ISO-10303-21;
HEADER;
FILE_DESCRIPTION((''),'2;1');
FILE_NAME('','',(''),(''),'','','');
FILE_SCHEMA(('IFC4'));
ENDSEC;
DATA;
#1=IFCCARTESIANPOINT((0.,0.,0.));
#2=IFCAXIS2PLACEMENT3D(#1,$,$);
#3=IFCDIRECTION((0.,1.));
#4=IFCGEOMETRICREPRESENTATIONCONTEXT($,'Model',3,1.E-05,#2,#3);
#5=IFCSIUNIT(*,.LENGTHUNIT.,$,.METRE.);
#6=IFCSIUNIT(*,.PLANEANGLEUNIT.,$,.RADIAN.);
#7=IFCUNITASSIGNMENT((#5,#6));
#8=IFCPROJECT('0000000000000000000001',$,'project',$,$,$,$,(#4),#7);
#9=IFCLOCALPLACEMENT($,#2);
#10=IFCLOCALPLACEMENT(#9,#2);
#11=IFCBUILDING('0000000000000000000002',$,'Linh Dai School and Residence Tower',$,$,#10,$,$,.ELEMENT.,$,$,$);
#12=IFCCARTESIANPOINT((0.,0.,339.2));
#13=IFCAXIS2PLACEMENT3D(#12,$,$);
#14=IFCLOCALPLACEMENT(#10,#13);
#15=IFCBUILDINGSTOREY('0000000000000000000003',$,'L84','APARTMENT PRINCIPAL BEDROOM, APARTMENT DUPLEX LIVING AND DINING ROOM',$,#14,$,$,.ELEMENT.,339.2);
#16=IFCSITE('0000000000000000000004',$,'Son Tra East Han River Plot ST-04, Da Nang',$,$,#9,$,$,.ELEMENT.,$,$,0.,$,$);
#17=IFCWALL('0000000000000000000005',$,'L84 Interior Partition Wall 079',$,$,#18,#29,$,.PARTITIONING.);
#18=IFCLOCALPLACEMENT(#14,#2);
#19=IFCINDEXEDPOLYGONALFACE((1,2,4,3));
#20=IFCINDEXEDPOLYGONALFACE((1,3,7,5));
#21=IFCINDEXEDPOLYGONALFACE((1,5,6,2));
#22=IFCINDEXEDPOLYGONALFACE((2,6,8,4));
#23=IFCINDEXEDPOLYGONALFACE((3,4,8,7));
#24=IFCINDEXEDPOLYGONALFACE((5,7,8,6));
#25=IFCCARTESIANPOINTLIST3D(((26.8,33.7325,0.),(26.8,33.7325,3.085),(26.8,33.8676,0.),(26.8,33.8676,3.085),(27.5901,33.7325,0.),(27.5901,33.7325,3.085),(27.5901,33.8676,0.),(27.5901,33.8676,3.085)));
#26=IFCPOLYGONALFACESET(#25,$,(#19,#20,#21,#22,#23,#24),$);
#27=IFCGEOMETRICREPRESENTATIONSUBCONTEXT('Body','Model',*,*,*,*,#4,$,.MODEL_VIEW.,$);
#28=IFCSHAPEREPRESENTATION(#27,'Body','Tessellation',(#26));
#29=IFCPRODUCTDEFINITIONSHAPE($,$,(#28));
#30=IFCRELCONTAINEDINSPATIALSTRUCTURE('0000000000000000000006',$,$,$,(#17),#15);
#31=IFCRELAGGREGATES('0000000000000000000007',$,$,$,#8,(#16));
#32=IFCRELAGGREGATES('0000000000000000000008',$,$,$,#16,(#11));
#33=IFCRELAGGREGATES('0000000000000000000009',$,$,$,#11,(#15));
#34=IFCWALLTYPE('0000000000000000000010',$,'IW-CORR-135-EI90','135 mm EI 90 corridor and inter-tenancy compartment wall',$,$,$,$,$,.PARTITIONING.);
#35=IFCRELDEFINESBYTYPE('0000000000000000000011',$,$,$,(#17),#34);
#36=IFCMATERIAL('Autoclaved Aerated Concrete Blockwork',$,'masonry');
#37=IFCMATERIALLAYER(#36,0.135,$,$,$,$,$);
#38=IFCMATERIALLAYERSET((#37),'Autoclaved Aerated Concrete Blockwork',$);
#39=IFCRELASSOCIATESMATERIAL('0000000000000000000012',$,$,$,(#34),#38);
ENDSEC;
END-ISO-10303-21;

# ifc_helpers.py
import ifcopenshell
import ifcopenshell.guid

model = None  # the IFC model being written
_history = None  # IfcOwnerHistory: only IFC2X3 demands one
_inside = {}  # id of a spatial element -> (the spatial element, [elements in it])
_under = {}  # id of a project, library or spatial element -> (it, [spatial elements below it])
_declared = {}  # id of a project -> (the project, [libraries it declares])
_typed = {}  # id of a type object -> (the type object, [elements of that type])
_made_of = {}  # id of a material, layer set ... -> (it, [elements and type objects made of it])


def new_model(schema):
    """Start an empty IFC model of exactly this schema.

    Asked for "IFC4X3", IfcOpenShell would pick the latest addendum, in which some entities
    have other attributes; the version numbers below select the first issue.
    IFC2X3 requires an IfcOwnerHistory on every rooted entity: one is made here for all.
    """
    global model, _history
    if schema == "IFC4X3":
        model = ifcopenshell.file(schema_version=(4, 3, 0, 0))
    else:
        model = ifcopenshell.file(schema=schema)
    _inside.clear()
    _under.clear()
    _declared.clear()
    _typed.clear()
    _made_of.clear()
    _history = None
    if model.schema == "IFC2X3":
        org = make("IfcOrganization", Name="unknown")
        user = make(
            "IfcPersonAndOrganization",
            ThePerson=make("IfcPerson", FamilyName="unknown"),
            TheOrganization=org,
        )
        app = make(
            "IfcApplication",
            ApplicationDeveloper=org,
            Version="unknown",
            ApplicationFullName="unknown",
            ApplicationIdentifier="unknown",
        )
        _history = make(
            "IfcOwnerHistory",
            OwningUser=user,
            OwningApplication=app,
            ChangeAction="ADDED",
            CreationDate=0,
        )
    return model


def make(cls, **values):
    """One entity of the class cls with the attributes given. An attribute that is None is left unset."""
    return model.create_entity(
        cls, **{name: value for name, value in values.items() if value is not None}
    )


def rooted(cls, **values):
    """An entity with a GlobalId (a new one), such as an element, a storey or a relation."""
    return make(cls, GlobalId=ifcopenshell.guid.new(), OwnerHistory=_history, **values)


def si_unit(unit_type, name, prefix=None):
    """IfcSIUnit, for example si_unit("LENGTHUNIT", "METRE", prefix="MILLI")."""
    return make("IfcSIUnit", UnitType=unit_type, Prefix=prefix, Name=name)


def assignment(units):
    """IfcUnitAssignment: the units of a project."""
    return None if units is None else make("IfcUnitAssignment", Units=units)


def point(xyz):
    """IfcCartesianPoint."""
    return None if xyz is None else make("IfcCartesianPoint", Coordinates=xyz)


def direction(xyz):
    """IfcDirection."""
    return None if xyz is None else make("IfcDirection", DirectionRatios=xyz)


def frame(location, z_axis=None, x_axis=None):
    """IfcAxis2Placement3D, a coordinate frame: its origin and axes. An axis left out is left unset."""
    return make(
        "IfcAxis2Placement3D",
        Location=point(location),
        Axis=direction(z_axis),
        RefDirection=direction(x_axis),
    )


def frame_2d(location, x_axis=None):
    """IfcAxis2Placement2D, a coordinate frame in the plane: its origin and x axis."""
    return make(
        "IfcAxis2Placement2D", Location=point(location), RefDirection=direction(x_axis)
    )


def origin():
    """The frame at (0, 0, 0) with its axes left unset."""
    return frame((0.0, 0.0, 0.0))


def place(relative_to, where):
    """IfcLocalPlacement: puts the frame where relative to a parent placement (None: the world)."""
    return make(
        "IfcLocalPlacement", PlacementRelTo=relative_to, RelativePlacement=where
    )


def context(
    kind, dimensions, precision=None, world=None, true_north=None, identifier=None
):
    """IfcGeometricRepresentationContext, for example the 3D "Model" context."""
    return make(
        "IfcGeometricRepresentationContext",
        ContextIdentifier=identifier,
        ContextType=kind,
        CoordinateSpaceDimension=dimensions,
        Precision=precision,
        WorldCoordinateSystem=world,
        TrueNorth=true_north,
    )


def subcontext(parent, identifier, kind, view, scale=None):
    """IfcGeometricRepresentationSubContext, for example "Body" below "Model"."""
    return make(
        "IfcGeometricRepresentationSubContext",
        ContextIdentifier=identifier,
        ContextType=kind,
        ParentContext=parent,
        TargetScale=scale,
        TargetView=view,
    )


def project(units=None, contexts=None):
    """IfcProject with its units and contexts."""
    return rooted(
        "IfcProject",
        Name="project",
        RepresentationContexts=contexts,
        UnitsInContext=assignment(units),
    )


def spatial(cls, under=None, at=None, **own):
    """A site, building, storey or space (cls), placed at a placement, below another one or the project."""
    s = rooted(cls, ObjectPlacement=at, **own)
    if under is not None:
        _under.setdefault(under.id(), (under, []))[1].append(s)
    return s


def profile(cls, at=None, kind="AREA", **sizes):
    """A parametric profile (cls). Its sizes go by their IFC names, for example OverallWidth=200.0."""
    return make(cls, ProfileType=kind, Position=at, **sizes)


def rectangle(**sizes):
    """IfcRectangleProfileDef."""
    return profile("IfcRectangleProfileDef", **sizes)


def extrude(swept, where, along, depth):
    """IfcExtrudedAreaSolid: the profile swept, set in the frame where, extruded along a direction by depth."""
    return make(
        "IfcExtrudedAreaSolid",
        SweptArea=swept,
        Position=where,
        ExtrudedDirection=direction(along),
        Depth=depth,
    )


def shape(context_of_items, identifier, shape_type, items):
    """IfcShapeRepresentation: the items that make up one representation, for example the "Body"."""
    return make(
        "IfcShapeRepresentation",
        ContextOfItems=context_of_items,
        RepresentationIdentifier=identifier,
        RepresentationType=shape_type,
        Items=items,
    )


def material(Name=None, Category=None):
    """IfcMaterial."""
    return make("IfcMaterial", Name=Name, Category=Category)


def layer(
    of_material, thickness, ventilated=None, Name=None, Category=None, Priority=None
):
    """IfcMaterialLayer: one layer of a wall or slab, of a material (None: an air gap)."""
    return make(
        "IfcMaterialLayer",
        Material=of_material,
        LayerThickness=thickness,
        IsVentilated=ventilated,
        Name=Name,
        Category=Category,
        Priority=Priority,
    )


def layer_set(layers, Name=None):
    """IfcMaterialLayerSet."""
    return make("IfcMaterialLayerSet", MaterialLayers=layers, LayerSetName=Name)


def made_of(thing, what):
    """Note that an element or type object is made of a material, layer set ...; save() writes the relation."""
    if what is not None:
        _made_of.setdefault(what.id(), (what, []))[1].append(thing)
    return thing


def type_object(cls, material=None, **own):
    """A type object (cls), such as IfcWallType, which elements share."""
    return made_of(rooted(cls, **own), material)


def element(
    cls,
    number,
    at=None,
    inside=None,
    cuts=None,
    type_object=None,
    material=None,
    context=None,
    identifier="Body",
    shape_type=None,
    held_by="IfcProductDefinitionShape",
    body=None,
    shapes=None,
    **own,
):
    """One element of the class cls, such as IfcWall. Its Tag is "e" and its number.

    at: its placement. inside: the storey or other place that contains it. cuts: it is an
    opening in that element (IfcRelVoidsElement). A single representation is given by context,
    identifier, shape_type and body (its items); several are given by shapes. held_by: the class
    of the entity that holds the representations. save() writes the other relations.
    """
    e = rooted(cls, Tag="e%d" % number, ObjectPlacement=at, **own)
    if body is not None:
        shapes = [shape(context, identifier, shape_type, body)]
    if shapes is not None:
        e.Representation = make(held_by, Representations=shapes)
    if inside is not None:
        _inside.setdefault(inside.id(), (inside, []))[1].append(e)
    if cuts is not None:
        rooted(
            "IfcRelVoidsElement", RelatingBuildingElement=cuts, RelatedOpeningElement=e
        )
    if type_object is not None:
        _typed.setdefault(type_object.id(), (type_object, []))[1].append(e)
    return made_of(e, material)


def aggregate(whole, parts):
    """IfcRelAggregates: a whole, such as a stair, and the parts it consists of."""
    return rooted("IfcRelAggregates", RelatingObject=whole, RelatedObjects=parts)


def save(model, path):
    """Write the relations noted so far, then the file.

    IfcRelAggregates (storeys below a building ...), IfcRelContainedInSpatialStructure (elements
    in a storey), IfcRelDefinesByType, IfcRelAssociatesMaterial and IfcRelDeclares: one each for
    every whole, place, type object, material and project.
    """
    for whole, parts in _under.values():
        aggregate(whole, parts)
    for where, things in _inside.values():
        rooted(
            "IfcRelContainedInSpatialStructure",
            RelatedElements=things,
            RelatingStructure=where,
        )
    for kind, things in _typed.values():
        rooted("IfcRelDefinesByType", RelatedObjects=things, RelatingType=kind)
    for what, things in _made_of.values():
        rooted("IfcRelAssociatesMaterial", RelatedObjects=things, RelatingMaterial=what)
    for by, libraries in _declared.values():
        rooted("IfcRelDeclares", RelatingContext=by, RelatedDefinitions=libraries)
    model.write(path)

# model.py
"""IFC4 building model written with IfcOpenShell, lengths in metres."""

from ifc_helpers import new_model, si_unit, direction, frame, frame_2d, origin, place, context, subcontext, project, spatial, rectangle, extrude, material, layer, layer_set, type_object, element, save


model = new_model("IFC4")

# Units and contexts
model_context = context("Model", 3, precision=1e-05, world=origin(), true_north=direction((0.0, 1.0)))
body_context = subcontext(model_context, "Body", "Model", "MODEL_VIEW")
ifc_project = project(units=[si_unit("LENGTHUNIT", "METRE"), si_unit("PLANEANGLEUNIT", "RADIAN")], contexts=[model_context])

# Site, building, storey
site_placement = place(None, origin())
site = spatial("IfcSite", under=ifc_project, at=site_placement, Name="Son Tra East Han River Plot ST-04, Da Nang", CompositionType="ELEMENT", RefElevation=0.0)
building_placement = place(site_placement, origin())
building = spatial("IfcBuilding", under=site, at=building_placement, Name="Linh Dai School and Residence Tower", CompositionType="ELEMENT")
storey_placement = place(building_placement, frame((0.0, 0.0, 339.2)))
storey = spatial("IfcBuildingStorey", under=building, at=storey_placement, Name="L84", Description="APARTMENT PRINCIPAL BEDROOM, APARTMENT DUPLEX LIVING AND DINING ROOM", CompositionType="ELEMENT", Elevation=339.2)

# Wall
ifc_material_1 = material(Name="Autoclaved Aerated Concrete Blockwork", Category="masonry")
ifc_layer_1 = layer(ifc_material_1, 0.135)
ifc_layer_set_1 = layer_set([ifc_layer_1], Name="Autoclaved Aerated Concrete Blockwork")
wall_type_1 = type_object("IfcWallType", Name="IW-CORR-135-EI90", Description="135 mm EI 90 corridor and inter-tenancy compartment wall", PredefinedType="PARTITIONING", material=ifc_layer_set_1)
wall_1_placement = place(storey_placement, frame((27.5901, 33.8, 0.0), z_axis=(0.0, 0.0, 1.0), x_axis=(-1.0, 0.0, 0.0)))
element("IfcWall", 1, at=wall_1_placement, inside=storey, type_object=wall_type_1, Name="L84 Interior Partition Wall 079", PredefinedType="PARTITIONING", context=body_context, shape_type="SweptSolid", body=[
    extrude(rectangle(XDim=0.79, YDim=0.135, at=frame_2d((0.395, 0.0))), origin(), (0.0, 0.0, 1.0), 3.085),
])

save(model, "model.ifc")
